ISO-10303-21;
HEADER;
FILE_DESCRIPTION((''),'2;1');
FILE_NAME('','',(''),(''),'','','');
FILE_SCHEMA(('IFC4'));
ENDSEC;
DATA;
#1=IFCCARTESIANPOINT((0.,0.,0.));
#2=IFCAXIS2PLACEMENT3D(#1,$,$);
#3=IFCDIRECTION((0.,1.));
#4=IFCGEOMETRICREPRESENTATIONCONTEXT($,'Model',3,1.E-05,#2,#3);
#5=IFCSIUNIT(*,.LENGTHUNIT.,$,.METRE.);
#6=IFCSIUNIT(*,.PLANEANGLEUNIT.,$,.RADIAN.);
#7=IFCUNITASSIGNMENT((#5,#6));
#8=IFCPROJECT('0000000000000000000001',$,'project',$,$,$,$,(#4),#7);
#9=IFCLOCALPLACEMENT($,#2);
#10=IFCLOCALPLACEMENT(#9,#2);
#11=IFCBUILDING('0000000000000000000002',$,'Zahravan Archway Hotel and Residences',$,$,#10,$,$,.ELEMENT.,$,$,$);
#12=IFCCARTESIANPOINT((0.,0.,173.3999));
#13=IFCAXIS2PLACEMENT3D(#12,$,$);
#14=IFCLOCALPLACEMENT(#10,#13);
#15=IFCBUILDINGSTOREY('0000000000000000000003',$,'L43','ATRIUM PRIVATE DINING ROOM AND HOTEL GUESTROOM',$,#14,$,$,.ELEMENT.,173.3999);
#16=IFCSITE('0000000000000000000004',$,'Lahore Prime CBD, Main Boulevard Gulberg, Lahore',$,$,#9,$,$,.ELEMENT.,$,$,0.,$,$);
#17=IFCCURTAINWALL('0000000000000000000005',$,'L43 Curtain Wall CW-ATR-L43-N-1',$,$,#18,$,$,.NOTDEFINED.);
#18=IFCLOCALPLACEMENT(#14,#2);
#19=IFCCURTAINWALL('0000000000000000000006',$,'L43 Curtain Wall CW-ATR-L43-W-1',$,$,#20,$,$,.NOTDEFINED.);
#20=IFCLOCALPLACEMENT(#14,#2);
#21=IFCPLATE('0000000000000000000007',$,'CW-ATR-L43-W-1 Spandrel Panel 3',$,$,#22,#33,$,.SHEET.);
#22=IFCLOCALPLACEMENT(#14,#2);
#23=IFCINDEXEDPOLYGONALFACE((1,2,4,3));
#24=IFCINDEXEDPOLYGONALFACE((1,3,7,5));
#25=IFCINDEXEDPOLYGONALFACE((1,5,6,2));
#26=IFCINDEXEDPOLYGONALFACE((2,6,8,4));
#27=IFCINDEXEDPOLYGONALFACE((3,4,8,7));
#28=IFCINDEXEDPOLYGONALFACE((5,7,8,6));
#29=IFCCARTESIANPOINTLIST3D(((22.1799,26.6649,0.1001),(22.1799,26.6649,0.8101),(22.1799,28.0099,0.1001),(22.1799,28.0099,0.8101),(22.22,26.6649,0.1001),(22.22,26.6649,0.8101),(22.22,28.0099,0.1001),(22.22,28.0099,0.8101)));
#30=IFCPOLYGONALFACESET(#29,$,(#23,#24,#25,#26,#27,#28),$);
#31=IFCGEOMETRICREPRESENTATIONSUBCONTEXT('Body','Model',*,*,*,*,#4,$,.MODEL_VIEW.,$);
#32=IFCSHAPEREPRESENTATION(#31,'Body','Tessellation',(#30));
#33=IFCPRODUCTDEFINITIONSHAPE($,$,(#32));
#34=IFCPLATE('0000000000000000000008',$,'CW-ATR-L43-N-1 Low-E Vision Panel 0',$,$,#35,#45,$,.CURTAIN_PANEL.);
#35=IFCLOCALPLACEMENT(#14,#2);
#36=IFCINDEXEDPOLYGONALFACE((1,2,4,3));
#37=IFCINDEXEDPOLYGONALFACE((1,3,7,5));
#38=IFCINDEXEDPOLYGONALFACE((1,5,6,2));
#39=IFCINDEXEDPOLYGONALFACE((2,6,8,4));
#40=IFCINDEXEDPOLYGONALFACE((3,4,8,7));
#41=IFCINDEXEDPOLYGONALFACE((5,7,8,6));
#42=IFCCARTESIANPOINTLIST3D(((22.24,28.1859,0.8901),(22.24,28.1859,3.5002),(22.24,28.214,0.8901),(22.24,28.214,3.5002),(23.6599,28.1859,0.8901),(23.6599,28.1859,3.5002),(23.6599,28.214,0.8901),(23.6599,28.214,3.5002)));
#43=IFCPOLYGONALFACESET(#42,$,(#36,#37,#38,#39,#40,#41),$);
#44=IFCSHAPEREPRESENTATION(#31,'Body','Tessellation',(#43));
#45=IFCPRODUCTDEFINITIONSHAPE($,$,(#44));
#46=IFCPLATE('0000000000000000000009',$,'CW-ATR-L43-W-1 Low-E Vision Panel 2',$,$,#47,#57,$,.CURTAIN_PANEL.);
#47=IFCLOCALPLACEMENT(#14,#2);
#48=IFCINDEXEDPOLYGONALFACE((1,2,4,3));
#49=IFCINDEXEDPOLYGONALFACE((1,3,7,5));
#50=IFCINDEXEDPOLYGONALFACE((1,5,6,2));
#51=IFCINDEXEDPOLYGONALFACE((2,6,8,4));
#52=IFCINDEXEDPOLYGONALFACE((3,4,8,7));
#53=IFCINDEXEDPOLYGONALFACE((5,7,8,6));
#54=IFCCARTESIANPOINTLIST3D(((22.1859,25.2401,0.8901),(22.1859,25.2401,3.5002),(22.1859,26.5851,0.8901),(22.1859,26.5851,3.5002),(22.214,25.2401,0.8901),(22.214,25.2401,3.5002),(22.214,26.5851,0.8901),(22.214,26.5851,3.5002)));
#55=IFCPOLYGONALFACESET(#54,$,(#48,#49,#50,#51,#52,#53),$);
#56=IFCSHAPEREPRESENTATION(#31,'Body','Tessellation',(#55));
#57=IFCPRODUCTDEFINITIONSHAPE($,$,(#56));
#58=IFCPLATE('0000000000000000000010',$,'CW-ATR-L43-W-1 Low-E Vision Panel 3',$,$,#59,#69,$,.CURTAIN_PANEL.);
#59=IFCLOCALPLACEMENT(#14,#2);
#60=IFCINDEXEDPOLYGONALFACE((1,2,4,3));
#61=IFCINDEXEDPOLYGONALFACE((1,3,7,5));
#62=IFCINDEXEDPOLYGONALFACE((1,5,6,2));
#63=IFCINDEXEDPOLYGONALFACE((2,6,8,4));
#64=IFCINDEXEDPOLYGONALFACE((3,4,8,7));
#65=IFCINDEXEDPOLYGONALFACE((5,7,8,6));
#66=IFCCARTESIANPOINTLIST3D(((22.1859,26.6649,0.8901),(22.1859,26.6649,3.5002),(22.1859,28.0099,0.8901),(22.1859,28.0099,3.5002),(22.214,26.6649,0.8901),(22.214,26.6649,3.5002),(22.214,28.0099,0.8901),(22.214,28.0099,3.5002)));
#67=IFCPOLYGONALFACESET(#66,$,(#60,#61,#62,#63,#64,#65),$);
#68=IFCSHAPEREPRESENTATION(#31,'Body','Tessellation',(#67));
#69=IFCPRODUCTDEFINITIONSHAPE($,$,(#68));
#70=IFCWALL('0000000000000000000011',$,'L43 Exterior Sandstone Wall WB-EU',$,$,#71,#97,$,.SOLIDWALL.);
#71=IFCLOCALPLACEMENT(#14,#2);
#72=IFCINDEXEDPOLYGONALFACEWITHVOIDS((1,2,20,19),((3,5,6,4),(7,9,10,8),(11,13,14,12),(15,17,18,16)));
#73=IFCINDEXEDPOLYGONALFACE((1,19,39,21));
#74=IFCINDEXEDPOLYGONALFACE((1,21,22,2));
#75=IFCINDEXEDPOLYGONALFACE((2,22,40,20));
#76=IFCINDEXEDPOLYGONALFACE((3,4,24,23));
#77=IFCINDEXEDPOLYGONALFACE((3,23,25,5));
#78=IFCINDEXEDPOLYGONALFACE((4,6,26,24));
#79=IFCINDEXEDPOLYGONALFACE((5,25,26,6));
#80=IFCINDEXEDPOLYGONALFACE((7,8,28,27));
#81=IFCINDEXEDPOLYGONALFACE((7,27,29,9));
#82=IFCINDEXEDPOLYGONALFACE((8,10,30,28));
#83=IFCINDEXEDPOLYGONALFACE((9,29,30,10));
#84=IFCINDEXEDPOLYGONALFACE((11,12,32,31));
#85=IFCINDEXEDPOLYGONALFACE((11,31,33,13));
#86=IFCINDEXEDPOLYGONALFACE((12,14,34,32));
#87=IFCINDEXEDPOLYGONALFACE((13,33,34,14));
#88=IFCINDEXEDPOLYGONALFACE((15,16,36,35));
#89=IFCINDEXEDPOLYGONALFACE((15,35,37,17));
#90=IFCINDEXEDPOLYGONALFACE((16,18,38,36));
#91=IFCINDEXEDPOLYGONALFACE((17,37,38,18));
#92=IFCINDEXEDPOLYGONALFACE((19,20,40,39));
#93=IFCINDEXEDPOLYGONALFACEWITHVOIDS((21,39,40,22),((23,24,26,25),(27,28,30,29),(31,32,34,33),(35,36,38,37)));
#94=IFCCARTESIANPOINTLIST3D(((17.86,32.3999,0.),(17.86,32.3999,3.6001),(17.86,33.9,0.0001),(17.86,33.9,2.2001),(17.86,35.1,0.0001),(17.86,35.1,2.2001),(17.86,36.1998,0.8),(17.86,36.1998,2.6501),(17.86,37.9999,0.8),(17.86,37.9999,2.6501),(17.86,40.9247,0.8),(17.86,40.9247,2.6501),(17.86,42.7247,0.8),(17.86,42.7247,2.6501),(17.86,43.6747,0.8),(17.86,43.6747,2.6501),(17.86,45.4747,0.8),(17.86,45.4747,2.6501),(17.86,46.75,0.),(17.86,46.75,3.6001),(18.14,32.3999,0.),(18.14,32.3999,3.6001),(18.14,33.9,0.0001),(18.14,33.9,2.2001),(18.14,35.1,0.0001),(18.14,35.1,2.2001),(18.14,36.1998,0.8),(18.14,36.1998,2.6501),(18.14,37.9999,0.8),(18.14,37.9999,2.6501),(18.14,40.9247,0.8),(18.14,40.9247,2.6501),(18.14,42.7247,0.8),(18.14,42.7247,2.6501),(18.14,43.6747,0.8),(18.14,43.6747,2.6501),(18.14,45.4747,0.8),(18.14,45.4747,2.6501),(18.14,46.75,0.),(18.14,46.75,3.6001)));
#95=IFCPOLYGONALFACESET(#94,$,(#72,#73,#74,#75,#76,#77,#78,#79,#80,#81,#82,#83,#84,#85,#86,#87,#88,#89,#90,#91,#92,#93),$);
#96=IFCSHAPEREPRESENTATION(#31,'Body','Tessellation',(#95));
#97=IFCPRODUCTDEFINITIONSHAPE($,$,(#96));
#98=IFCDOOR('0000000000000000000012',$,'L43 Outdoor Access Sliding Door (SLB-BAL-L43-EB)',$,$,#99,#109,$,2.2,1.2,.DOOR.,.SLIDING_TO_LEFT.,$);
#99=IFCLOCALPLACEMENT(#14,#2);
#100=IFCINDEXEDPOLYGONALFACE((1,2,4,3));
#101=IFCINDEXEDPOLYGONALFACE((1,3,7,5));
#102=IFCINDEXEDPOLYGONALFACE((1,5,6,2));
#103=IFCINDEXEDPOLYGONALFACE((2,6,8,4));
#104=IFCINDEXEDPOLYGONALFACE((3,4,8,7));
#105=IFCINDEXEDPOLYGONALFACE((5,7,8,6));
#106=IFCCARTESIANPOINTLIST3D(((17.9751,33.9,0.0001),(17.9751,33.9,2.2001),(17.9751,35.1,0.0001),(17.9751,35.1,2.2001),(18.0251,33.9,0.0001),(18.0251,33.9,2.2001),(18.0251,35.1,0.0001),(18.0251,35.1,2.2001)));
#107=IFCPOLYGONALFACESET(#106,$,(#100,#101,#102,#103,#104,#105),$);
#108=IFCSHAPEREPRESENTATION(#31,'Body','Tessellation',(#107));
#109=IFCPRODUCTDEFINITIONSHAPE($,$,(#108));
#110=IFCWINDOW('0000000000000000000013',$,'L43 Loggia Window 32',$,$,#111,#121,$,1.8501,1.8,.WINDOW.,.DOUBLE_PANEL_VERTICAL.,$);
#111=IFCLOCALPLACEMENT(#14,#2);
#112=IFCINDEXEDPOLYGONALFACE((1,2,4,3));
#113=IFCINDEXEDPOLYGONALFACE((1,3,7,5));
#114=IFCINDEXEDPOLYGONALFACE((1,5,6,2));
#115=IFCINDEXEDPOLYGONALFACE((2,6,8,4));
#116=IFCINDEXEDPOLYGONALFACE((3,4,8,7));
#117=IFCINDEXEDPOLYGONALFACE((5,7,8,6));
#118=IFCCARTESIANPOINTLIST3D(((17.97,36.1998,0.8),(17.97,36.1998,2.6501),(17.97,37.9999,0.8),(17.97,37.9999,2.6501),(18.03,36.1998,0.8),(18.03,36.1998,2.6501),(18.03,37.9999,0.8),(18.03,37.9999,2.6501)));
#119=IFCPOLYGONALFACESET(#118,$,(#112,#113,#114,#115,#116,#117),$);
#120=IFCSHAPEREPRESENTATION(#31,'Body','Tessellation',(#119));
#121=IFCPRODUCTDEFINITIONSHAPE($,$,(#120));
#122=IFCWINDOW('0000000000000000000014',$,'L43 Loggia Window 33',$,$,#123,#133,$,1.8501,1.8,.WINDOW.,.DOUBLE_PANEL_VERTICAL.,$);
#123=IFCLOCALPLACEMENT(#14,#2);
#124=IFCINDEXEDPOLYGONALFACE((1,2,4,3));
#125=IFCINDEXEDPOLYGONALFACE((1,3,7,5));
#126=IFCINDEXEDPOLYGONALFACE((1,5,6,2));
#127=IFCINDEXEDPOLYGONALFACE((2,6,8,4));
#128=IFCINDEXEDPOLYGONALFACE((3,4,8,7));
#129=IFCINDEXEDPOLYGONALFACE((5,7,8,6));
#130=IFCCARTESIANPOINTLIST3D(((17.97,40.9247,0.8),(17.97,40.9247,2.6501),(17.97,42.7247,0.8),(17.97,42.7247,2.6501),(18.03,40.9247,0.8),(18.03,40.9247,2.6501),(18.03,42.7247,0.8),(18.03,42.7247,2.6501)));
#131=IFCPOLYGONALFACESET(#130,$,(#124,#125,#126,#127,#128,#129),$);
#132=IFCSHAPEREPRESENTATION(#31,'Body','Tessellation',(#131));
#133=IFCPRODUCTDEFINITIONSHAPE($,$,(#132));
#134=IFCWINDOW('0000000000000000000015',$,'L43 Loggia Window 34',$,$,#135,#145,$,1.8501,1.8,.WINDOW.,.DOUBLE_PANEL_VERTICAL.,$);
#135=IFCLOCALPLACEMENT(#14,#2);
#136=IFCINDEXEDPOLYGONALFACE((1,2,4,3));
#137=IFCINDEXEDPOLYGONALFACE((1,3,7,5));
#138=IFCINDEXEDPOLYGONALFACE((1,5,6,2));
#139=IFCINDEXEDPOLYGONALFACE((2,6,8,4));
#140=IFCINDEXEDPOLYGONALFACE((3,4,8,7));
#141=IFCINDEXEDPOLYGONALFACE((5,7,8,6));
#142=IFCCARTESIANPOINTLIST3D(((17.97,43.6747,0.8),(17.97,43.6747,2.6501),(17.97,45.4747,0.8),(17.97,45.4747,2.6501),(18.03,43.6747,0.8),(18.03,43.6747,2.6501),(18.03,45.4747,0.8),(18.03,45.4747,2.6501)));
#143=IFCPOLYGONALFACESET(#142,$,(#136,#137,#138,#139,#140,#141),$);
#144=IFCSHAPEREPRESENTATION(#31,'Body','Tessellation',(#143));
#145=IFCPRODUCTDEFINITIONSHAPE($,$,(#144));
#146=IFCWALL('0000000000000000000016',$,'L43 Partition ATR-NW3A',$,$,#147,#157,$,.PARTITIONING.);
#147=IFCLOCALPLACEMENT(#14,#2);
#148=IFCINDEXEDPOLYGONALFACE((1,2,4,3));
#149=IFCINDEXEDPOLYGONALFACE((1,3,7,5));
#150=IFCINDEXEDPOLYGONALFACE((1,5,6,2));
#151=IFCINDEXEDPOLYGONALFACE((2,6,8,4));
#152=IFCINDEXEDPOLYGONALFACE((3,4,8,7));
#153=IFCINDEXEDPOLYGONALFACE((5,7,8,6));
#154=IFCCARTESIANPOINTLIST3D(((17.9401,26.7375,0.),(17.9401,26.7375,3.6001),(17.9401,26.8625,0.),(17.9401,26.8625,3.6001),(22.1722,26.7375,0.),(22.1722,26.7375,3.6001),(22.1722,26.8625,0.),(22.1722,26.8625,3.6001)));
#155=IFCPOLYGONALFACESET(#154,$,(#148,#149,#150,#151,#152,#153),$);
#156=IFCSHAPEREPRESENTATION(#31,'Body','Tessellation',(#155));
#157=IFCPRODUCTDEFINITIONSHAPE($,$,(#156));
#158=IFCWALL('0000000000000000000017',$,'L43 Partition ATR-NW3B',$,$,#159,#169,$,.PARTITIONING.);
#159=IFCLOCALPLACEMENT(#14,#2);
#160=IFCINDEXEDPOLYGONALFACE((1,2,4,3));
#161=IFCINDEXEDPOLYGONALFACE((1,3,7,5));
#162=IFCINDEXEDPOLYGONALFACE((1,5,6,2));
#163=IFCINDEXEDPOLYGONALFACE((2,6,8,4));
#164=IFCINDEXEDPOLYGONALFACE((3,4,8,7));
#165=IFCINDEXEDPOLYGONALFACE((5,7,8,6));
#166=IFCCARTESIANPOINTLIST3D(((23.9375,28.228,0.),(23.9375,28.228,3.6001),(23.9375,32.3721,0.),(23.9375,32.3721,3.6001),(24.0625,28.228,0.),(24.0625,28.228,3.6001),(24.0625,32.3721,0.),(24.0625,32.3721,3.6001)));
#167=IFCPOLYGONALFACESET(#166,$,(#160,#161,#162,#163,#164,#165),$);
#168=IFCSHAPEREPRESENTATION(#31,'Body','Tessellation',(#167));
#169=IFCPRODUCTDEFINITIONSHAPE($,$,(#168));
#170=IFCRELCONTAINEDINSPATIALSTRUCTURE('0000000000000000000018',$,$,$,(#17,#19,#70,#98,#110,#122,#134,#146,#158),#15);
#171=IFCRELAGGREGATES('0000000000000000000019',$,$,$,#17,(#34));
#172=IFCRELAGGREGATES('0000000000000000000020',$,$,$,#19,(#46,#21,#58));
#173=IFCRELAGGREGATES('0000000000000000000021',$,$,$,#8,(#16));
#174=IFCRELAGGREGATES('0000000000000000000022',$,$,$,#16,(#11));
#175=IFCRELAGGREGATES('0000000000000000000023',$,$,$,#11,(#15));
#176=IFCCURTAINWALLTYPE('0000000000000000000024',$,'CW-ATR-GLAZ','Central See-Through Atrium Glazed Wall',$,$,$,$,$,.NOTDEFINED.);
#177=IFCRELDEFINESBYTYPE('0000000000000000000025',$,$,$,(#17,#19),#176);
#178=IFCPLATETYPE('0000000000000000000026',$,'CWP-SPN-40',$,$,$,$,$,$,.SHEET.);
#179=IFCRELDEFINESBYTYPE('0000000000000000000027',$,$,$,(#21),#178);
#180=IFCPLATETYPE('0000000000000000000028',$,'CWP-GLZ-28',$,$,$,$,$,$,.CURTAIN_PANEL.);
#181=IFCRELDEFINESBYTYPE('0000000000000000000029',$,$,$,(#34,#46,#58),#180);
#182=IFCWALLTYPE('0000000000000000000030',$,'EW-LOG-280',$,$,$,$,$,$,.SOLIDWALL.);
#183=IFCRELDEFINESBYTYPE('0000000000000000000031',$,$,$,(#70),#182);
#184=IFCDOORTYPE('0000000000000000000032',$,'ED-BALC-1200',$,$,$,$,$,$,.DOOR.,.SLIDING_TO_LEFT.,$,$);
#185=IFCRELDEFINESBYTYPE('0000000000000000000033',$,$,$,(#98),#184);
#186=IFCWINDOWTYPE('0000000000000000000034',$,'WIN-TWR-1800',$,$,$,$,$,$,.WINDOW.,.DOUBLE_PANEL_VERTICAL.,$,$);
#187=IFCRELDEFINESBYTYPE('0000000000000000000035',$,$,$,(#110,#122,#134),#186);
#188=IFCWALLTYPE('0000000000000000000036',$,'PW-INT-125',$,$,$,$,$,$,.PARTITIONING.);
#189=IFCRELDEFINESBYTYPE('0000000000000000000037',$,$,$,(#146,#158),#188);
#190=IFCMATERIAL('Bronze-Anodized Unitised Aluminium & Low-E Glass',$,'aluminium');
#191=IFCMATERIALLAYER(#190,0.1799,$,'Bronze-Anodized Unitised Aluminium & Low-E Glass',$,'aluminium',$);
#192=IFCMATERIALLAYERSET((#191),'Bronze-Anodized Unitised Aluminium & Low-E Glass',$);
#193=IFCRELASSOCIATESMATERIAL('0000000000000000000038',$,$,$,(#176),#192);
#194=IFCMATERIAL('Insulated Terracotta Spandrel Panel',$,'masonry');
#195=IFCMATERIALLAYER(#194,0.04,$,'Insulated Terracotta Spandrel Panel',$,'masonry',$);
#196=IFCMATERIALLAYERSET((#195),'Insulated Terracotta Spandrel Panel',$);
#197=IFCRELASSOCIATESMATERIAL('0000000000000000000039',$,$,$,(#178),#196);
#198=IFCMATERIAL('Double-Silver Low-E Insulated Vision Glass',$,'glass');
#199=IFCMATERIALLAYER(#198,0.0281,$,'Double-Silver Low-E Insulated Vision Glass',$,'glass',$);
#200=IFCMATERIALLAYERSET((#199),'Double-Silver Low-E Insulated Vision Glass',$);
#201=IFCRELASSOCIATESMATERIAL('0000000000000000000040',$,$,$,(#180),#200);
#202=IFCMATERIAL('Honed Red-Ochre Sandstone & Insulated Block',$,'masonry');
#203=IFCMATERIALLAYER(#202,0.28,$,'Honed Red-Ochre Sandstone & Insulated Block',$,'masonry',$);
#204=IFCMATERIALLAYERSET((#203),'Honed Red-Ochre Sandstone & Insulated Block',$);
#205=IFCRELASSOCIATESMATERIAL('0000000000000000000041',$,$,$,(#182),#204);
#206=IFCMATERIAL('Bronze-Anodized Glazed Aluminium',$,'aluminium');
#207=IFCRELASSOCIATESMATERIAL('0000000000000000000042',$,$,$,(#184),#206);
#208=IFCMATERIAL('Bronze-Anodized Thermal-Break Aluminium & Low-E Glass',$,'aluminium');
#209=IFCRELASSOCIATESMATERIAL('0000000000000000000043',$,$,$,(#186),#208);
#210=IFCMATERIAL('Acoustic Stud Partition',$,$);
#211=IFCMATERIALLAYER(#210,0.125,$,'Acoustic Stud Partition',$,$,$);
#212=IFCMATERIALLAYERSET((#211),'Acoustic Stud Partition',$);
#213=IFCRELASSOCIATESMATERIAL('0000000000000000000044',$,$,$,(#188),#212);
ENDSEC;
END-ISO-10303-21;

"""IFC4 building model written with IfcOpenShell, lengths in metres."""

from ifc_helpers import new_model, si_unit, direction, frame, frame_2d, origin, origin_2d, place, context, subcontext, project, spatial, rectangle, extrude, source, transform, mapped, material, layer, layer_set, type_object, type_shapes, element, fill, aggregate, save


model = new_model("IFC4")

# Units and contexts
model_context = context("Model", 3, precision=1e-05, world=origin(), true_north=direction((0.0, 1.0)))
body_context = subcontext(model_context, "Body", "Model", "MODEL_VIEW")
ifc_project = project(units=[si_unit("LENGTHUNIT", "METRE"), si_unit("PLANEANGLEUNIT", "RADIAN")], contexts=[model_context])

# Site, building, storey
site_placement = place(None, origin())
site = spatial("IfcSite", under=ifc_project, at=site_placement, Name="Lahore Prime CBD, Main Boulevard Gulberg, Lahore", CompositionType="ELEMENT", RefElevation=0.0)
building_placement = place(site_placement, origin())
building = spatial("IfcBuilding", under=site, at=building_placement, Name="Zahravan Archway Hotel and Residences", CompositionType="ELEMENT")
storey_placement = place(building_placement, frame((0.0, 0.0, 173.3999)))
storey = spatial("IfcBuildingStorey", under=building, at=storey_placement, Name="L43", Description="ATRIUM PRIVATE DINING ROOM AND HOTEL GUESTROOM", CompositionType="ELEMENT", Elevation=173.3999)

# Curtain walls
ifc_material_1 = material(Name="Bronze-Anodized Unitised Aluminium & Low-E Glass", Category="aluminium")
ifc_layer_1 = layer(ifc_material_1, 0.1799, Name="Bronze-Anodized Unitised Aluminium & Low-E Glass", Category="aluminium")
ifc_layer_set_1 = layer_set([ifc_layer_1], Name="Bronze-Anodized Unitised Aluminium & Low-E Glass")
curtain_wall_type = type_object("IfcCurtainWallType", Name="CW-ATR-GLAZ", Description="Central See-Through Atrium Glazed Wall", PredefinedType="NOTDEFINED", material=ifc_layer_set_1)
curtain_wall_1_placement = place(storey_placement, origin())
curtain_wall_1 = element("IfcCurtainWall", 1, at=curtain_wall_1_placement, inside=storey, type_object=curtain_wall_type, Name="L43 Curtain Wall CW-ATR-L43-N-1", PredefinedType="NOTDEFINED")
curtain_wall_2_placement = place(storey_placement, origin())
curtain_wall_2 = element("IfcCurtainWall", 2, at=curtain_wall_2_placement, inside=storey, type_object=curtain_wall_type, Name="L43 Curtain Wall CW-ATR-L43-W-1", PredefinedType="NOTDEFINED")

# Plates
ifc_material_2 = material(Name="Insulated Terracotta Spandrel Panel", Category="masonry")
ifc_layer_2 = layer(ifc_material_2, 0.04, Name="Insulated Terracotta Spandrel Panel", Category="masonry")
ifc_layer_set_2 = layer_set([ifc_layer_2], Name="Insulated Terracotta Spandrel Panel")
plate_type_1 = type_object("IfcPlateType", Name="CWP-SPN-40", PredefinedType="SHEET", material=ifc_layer_set_2)
shared_shape_1 = source(origin(), body_context, "Body", "SweptSolid", [
    extrude(rectangle(XDim=1.345, YDim=0.04, at=origin_2d()), origin(), (0.0, 0.0, 1.0), 0.71),
])
plate_1_placement = place(storey_placement, frame((22.2, 27.3374, 0.1001), z_axis=(0.0, 0.0, 1.0), x_axis=(0.0, 1.0, 0.0)))
plate_1 = element("IfcPlate", 3, at=plate_1_placement, type_object=plate_type_1, Name="CW-ATR-L43-W-1 Spandrel Panel 3", PredefinedType="SHEET", context=body_context, shape_type="MappedRepresentation", body=[
    mapped(shared_shape_1, transform((0.0, 0.0, 0.0), scale=1.0)),
])
ifc_material_3 = material(Name="Double-Silver Low-E Insulated Vision Glass", Category="glass")
ifc_layer_3 = layer(ifc_material_3, 0.0281, Name="Double-Silver Low-E Insulated Vision Glass", Category="glass")
ifc_layer_set_3 = layer_set([ifc_layer_3], Name="Double-Silver Low-E Insulated Vision Glass")
plate_type_2 = type_object("IfcPlateType", Name="CWP-GLZ-28", PredefinedType="CURTAIN_PANEL", material=ifc_layer_set_3)
shared_shape_2 = source(origin(), body_context, "Body", "SweptSolid", [
    extrude(rectangle(XDim=1.4199, YDim=0.0281, at=origin_2d()), origin(), (0.0, 0.0, 1.0), 2.6101),
])
plate_2_placement = place(storey_placement, frame((22.95, 28.2, 0.8901), z_axis=(0.0, 0.0, 1.0), x_axis=(1.0, 0.0, 0.0)))
plate_2 = element("IfcPlate", 4, at=plate_2_placement, type_object=plate_type_2, Name="CW-ATR-L43-N-1 Low-E Vision Panel 0", PredefinedType="CURTAIN_PANEL", context=body_context, shape_type="MappedRepresentation", body=[
    mapped(shared_shape_2, transform((0.0, 0.0, 0.0), scale=1.0)),
])
aggregate(curtain_wall_1, [plate_2])
shared_shape_3 = source(origin(), body_context, "Body", "SweptSolid", [
    extrude(rectangle(XDim=1.345, YDim=0.0281, at=origin_2d()), origin(), (0.0, 0.0, 1.0), 2.6101),
])
plate_3_placement = place(storey_placement, frame((22.2, 25.9126, 0.8901), z_axis=(0.0, 0.0, 1.0), x_axis=(0.0, 1.0, 0.0)))
plate_3 = element("IfcPlate", 5, at=plate_3_placement, type_object=plate_type_2, Name="CW-ATR-L43-W-1 Low-E Vision Panel 2", PredefinedType="CURTAIN_PANEL", context=body_context, shape_type="MappedRepresentation", body=[
    mapped(shared_shape_3, transform((0.0, 0.0, 0.0), scale=1.0)),
])
plate_4_placement = place(storey_placement, frame((22.2, 27.3374, 0.8901), z_axis=(0.0, 0.0, 1.0), x_axis=(0.0, 1.0, 0.0)))
plate_4 = element("IfcPlate", 6, at=plate_4_placement, type_object=plate_type_2, Name="CW-ATR-L43-W-1 Low-E Vision Panel 3", PredefinedType="CURTAIN_PANEL", context=body_context, shape_type="MappedRepresentation", body=[
    mapped(shared_shape_3, transform((0.0, 0.0, 0.0), scale=1.0)),
])
aggregate(curtain_wall_2, [plate_3, plate_1, plate_4])

# Wall, openings, door, windows
ifc_material_4 = material(Name="Honed Red-Ochre Sandstone & Insulated Block", Category="masonry")
ifc_layer_4 = layer(ifc_material_4, 0.28, Name="Honed Red-Ochre Sandstone & Insulated Block", Category="masonry")
ifc_layer_set_4 = layer_set([ifc_layer_4], Name="Honed Red-Ochre Sandstone & Insulated Block")
wall_type_1 = type_object("IfcWallType", Name="EW-LOG-280", PredefinedType="SOLIDWALL", material=ifc_layer_set_4)
wall_1_placement = place(storey_placement, frame((18.0, 32.3999, 0.0), z_axis=(0.0, 0.0, 1.0), x_axis=(0.0, 1.0, 0.0)))
wall_1 = element("IfcWall", 7, at=wall_1_placement, inside=storey, type_object=wall_type_1, Name="L43 Exterior Sandstone Wall WB-EU", PredefinedType="SOLIDWALL", context=body_context, shape_type="SweptSolid", body=[
    extrude(rectangle(XDim=14.3501, YDim=0.28, at=frame_2d((7.175, 0.0))), origin(), (0.0, 0.0, 1.0), 3.6001),
])
opening_1_placement = place(wall_1_placement, frame((1.5, 0.0, 0.0)))
opening_1 = element("IfcOpeningElement", 8, at=opening_1_placement, cuts=wall_1, PredefinedType="OPENING", context=body_context, shape_type="SweptSolid", body=[
    extrude(rectangle(XDim=1.2, YDim=2.2, at=frame_2d((0.6001, 1.1001))), frame((0.0, 0.1499, 0.0), z_axis=(0.0, -1.0, 0.0), x_axis=(1.0, 0.0, 0.0)), (0.0, 0.0, 1.0), 0.3),
])
opening_2_placement = place(wall_1_placement, frame((3.8, 0.0, 0.8)))
opening_2 = element("IfcOpeningElement", 9, at=opening_2_placement, cuts=wall_1, PredefinedType="OPENING", context=body_context, shape_type="SweptSolid", body=[
    extrude(rectangle(XDim=1.8, YDim=1.8501, at=frame_2d((0.8999, 0.925))), frame((0.0, 0.1499, 0.0), z_axis=(0.0, -1.0, 0.0), x_axis=(1.0, 0.0, 0.0)), (0.0, 0.0, 1.0), 0.3),
])
opening_3_placement = place(wall_1_placement, frame((8.5249, 0.0, 0.8)))
opening_3 = element("IfcOpeningElement", 10, at=opening_3_placement, cuts=wall_1, PredefinedType="OPENING", context=body_context, shape_type="SweptSolid", body=[
    extrude(rectangle(XDim=1.8, YDim=1.8501, at=frame_2d((0.8999, 0.925))), frame((0.0, 0.1499, 0.0), z_axis=(0.0, -1.0, 0.0), x_axis=(1.0, 0.0, 0.0)), (0.0, 0.0, 1.0), 0.3),
])
opening_4_placement = place(wall_1_placement, frame((11.2749, 0.0, 0.8)))
opening_4 = element("IfcOpeningElement", 11, at=opening_4_placement, cuts=wall_1, PredefinedType="OPENING", context=body_context, shape_type="SweptSolid", body=[
    extrude(rectangle(XDim=1.8, YDim=1.8501, at=frame_2d((0.8999, 0.925))), frame((0.0, 0.1499, 0.0), z_axis=(0.0, -1.0, 0.0), x_axis=(1.0, 0.0, 0.0)), (0.0, 0.0, 1.0), 0.3),
])
ifc_material_5 = material(Name="Bronze-Anodized Glazed Aluminium", Category="aluminium")
door_type = type_object("IfcDoorType", Name="ED-BALC-1200", OperationType="SLIDING_TO_LEFT", PredefinedType="DOOR", material=ifc_material_5)
shared_shape_4 = source(origin(), body_context, "Body", "SweptSolid", [
    extrude(rectangle(XDim=1.2, YDim=2.2, at=frame_2d((0.6001, 1.1001))), frame((0.0, 0.0249, 0.0), z_axis=(0.0, -1.0, 0.0), x_axis=(1.0, 0.0, 0.0)), (0.0, 0.0, 1.0), 0.05),
])
type_shapes(door_type, [shared_shape_4])
door_placement = place(opening_1_placement, origin())
door = element("IfcDoor", 12, at=door_placement, inside=storey, type_object=door_type, Name="L43 Outdoor Access Sliding Door (SLB-BAL-L43-EB)", OperationType="SLIDING_TO_LEFT", OverallHeight=2.2, OverallWidth=1.2, PredefinedType="DOOR", context=body_context, shape_type="MappedRepresentation", body=[
    mapped(shared_shape_4, transform((0.0, 0.0, 0.0), scale=1.0)),
])
fill(opening_1, door)
ifc_material_6 = material(Name="Bronze-Anodized Thermal-Break Aluminium & Low-E Glass", Category="aluminium")
window_type = type_object("IfcWindowType", Name="WIN-TWR-1800", PartitioningType="DOUBLE_PANEL_VERTICAL", PredefinedType="WINDOW", material=ifc_material_6)
shared_shape_5 = source(origin(), body_context, "Body", "SweptSolid", [
    extrude(rectangle(XDim=1.8, YDim=1.8501, at=frame_2d((0.8999, 0.925))), frame((0.0, 0.03, 0.0), z_axis=(0.0, -1.0, 0.0), x_axis=(1.0, 0.0, 0.0)), (0.0, 0.0, 1.0), 0.0601),
])
type_shapes(window_type, [shared_shape_5])
window_1_placement = place(opening_2_placement, origin())
window_1 = element("IfcWindow", 13, at=window_1_placement, inside=storey, type_object=window_type, Name="L43 Loggia Window 32", OverallHeight=1.8501, OverallWidth=1.8, PartitioningType="DOUBLE_PANEL_VERTICAL", PredefinedType="WINDOW", context=body_context, shape_type="MappedRepresentation", body=[
    mapped(shared_shape_5, transform((0.0, 0.0, 0.0), scale=1.0)),
])
fill(opening_2, window_1)
window_2_placement = place(opening_3_placement, origin())
window_2 = element("IfcWindow", 14, at=window_2_placement, inside=storey, type_object=window_type, Name="L43 Loggia Window 33", OverallHeight=1.8501, OverallWidth=1.8, PartitioningType="DOUBLE_PANEL_VERTICAL", PredefinedType="WINDOW", context=body_context, shape_type="MappedRepresentation", body=[
    mapped(shared_shape_5, transform((0.0, 0.0, 0.0), scale=1.0)),
])
fill(opening_3, window_2)
window_3_placement = place(opening_4_placement, origin())
window_3 = element("IfcWindow", 15, at=window_3_placement, inside=storey, type_object=window_type, Name="L43 Loggia Window 34", OverallHeight=1.8501, OverallWidth=1.8, PartitioningType="DOUBLE_PANEL_VERTICAL", PredefinedType="WINDOW", context=body_context, shape_type="MappedRepresentation", body=[
    mapped(shared_shape_5, transform((0.0, 0.0, 0.0), scale=1.0)),
])
fill(opening_4, window_3)

# Walls
ifc_material_7 = material(Name="Acoustic Stud Partition")
ifc_layer_5 = layer(ifc_material_7, 0.125, Name="Acoustic Stud Partition")
ifc_layer_set_5 = layer_set([ifc_layer_5], Name="Acoustic Stud Partition")
wall_type_2 = type_object("IfcWallType", Name="PW-INT-125", PredefinedType="PARTITIONING", material=ifc_layer_set_5)
wall_2_placement = place(storey_placement, frame((17.9399, 26.8, 0.0), z_axis=(0.0, 0.0, 1.0), x_axis=(1.0, 0.0, 0.0)))
element("IfcWall", 16, at=wall_2_placement, inside=storey, type_object=wall_type_2, Name="L43 Partition ATR-NW3A", PredefinedType="PARTITIONING", context=body_context, shape_type="SweptSolid", body=[
    extrude(rectangle(XDim=4.2322, YDim=0.125, at=frame_2d((2.1162, 0.0))), origin(), (0.0, 0.0, 1.0), 3.6001),
])
wall_3_placement = place(storey_placement, frame((24.0, 28.228, 0.0), z_axis=(0.0, 0.0, 1.0), x_axis=(0.0, 1.0, 0.0)))
element("IfcWall", 17, at=wall_3_placement, inside=storey, type_object=wall_type_2, Name="L43 Partition ATR-NW3B", PredefinedType="PARTITIONING", context=body_context, shape_type="SweptSolid", body=[
    extrude(rectangle(XDim=4.144, YDim=0.125, at=frame_2d((2.072, 0.0))), origin(), (0.0, 0.0, 1.0), 3.6001),
])

save(model, "model.ifc")
